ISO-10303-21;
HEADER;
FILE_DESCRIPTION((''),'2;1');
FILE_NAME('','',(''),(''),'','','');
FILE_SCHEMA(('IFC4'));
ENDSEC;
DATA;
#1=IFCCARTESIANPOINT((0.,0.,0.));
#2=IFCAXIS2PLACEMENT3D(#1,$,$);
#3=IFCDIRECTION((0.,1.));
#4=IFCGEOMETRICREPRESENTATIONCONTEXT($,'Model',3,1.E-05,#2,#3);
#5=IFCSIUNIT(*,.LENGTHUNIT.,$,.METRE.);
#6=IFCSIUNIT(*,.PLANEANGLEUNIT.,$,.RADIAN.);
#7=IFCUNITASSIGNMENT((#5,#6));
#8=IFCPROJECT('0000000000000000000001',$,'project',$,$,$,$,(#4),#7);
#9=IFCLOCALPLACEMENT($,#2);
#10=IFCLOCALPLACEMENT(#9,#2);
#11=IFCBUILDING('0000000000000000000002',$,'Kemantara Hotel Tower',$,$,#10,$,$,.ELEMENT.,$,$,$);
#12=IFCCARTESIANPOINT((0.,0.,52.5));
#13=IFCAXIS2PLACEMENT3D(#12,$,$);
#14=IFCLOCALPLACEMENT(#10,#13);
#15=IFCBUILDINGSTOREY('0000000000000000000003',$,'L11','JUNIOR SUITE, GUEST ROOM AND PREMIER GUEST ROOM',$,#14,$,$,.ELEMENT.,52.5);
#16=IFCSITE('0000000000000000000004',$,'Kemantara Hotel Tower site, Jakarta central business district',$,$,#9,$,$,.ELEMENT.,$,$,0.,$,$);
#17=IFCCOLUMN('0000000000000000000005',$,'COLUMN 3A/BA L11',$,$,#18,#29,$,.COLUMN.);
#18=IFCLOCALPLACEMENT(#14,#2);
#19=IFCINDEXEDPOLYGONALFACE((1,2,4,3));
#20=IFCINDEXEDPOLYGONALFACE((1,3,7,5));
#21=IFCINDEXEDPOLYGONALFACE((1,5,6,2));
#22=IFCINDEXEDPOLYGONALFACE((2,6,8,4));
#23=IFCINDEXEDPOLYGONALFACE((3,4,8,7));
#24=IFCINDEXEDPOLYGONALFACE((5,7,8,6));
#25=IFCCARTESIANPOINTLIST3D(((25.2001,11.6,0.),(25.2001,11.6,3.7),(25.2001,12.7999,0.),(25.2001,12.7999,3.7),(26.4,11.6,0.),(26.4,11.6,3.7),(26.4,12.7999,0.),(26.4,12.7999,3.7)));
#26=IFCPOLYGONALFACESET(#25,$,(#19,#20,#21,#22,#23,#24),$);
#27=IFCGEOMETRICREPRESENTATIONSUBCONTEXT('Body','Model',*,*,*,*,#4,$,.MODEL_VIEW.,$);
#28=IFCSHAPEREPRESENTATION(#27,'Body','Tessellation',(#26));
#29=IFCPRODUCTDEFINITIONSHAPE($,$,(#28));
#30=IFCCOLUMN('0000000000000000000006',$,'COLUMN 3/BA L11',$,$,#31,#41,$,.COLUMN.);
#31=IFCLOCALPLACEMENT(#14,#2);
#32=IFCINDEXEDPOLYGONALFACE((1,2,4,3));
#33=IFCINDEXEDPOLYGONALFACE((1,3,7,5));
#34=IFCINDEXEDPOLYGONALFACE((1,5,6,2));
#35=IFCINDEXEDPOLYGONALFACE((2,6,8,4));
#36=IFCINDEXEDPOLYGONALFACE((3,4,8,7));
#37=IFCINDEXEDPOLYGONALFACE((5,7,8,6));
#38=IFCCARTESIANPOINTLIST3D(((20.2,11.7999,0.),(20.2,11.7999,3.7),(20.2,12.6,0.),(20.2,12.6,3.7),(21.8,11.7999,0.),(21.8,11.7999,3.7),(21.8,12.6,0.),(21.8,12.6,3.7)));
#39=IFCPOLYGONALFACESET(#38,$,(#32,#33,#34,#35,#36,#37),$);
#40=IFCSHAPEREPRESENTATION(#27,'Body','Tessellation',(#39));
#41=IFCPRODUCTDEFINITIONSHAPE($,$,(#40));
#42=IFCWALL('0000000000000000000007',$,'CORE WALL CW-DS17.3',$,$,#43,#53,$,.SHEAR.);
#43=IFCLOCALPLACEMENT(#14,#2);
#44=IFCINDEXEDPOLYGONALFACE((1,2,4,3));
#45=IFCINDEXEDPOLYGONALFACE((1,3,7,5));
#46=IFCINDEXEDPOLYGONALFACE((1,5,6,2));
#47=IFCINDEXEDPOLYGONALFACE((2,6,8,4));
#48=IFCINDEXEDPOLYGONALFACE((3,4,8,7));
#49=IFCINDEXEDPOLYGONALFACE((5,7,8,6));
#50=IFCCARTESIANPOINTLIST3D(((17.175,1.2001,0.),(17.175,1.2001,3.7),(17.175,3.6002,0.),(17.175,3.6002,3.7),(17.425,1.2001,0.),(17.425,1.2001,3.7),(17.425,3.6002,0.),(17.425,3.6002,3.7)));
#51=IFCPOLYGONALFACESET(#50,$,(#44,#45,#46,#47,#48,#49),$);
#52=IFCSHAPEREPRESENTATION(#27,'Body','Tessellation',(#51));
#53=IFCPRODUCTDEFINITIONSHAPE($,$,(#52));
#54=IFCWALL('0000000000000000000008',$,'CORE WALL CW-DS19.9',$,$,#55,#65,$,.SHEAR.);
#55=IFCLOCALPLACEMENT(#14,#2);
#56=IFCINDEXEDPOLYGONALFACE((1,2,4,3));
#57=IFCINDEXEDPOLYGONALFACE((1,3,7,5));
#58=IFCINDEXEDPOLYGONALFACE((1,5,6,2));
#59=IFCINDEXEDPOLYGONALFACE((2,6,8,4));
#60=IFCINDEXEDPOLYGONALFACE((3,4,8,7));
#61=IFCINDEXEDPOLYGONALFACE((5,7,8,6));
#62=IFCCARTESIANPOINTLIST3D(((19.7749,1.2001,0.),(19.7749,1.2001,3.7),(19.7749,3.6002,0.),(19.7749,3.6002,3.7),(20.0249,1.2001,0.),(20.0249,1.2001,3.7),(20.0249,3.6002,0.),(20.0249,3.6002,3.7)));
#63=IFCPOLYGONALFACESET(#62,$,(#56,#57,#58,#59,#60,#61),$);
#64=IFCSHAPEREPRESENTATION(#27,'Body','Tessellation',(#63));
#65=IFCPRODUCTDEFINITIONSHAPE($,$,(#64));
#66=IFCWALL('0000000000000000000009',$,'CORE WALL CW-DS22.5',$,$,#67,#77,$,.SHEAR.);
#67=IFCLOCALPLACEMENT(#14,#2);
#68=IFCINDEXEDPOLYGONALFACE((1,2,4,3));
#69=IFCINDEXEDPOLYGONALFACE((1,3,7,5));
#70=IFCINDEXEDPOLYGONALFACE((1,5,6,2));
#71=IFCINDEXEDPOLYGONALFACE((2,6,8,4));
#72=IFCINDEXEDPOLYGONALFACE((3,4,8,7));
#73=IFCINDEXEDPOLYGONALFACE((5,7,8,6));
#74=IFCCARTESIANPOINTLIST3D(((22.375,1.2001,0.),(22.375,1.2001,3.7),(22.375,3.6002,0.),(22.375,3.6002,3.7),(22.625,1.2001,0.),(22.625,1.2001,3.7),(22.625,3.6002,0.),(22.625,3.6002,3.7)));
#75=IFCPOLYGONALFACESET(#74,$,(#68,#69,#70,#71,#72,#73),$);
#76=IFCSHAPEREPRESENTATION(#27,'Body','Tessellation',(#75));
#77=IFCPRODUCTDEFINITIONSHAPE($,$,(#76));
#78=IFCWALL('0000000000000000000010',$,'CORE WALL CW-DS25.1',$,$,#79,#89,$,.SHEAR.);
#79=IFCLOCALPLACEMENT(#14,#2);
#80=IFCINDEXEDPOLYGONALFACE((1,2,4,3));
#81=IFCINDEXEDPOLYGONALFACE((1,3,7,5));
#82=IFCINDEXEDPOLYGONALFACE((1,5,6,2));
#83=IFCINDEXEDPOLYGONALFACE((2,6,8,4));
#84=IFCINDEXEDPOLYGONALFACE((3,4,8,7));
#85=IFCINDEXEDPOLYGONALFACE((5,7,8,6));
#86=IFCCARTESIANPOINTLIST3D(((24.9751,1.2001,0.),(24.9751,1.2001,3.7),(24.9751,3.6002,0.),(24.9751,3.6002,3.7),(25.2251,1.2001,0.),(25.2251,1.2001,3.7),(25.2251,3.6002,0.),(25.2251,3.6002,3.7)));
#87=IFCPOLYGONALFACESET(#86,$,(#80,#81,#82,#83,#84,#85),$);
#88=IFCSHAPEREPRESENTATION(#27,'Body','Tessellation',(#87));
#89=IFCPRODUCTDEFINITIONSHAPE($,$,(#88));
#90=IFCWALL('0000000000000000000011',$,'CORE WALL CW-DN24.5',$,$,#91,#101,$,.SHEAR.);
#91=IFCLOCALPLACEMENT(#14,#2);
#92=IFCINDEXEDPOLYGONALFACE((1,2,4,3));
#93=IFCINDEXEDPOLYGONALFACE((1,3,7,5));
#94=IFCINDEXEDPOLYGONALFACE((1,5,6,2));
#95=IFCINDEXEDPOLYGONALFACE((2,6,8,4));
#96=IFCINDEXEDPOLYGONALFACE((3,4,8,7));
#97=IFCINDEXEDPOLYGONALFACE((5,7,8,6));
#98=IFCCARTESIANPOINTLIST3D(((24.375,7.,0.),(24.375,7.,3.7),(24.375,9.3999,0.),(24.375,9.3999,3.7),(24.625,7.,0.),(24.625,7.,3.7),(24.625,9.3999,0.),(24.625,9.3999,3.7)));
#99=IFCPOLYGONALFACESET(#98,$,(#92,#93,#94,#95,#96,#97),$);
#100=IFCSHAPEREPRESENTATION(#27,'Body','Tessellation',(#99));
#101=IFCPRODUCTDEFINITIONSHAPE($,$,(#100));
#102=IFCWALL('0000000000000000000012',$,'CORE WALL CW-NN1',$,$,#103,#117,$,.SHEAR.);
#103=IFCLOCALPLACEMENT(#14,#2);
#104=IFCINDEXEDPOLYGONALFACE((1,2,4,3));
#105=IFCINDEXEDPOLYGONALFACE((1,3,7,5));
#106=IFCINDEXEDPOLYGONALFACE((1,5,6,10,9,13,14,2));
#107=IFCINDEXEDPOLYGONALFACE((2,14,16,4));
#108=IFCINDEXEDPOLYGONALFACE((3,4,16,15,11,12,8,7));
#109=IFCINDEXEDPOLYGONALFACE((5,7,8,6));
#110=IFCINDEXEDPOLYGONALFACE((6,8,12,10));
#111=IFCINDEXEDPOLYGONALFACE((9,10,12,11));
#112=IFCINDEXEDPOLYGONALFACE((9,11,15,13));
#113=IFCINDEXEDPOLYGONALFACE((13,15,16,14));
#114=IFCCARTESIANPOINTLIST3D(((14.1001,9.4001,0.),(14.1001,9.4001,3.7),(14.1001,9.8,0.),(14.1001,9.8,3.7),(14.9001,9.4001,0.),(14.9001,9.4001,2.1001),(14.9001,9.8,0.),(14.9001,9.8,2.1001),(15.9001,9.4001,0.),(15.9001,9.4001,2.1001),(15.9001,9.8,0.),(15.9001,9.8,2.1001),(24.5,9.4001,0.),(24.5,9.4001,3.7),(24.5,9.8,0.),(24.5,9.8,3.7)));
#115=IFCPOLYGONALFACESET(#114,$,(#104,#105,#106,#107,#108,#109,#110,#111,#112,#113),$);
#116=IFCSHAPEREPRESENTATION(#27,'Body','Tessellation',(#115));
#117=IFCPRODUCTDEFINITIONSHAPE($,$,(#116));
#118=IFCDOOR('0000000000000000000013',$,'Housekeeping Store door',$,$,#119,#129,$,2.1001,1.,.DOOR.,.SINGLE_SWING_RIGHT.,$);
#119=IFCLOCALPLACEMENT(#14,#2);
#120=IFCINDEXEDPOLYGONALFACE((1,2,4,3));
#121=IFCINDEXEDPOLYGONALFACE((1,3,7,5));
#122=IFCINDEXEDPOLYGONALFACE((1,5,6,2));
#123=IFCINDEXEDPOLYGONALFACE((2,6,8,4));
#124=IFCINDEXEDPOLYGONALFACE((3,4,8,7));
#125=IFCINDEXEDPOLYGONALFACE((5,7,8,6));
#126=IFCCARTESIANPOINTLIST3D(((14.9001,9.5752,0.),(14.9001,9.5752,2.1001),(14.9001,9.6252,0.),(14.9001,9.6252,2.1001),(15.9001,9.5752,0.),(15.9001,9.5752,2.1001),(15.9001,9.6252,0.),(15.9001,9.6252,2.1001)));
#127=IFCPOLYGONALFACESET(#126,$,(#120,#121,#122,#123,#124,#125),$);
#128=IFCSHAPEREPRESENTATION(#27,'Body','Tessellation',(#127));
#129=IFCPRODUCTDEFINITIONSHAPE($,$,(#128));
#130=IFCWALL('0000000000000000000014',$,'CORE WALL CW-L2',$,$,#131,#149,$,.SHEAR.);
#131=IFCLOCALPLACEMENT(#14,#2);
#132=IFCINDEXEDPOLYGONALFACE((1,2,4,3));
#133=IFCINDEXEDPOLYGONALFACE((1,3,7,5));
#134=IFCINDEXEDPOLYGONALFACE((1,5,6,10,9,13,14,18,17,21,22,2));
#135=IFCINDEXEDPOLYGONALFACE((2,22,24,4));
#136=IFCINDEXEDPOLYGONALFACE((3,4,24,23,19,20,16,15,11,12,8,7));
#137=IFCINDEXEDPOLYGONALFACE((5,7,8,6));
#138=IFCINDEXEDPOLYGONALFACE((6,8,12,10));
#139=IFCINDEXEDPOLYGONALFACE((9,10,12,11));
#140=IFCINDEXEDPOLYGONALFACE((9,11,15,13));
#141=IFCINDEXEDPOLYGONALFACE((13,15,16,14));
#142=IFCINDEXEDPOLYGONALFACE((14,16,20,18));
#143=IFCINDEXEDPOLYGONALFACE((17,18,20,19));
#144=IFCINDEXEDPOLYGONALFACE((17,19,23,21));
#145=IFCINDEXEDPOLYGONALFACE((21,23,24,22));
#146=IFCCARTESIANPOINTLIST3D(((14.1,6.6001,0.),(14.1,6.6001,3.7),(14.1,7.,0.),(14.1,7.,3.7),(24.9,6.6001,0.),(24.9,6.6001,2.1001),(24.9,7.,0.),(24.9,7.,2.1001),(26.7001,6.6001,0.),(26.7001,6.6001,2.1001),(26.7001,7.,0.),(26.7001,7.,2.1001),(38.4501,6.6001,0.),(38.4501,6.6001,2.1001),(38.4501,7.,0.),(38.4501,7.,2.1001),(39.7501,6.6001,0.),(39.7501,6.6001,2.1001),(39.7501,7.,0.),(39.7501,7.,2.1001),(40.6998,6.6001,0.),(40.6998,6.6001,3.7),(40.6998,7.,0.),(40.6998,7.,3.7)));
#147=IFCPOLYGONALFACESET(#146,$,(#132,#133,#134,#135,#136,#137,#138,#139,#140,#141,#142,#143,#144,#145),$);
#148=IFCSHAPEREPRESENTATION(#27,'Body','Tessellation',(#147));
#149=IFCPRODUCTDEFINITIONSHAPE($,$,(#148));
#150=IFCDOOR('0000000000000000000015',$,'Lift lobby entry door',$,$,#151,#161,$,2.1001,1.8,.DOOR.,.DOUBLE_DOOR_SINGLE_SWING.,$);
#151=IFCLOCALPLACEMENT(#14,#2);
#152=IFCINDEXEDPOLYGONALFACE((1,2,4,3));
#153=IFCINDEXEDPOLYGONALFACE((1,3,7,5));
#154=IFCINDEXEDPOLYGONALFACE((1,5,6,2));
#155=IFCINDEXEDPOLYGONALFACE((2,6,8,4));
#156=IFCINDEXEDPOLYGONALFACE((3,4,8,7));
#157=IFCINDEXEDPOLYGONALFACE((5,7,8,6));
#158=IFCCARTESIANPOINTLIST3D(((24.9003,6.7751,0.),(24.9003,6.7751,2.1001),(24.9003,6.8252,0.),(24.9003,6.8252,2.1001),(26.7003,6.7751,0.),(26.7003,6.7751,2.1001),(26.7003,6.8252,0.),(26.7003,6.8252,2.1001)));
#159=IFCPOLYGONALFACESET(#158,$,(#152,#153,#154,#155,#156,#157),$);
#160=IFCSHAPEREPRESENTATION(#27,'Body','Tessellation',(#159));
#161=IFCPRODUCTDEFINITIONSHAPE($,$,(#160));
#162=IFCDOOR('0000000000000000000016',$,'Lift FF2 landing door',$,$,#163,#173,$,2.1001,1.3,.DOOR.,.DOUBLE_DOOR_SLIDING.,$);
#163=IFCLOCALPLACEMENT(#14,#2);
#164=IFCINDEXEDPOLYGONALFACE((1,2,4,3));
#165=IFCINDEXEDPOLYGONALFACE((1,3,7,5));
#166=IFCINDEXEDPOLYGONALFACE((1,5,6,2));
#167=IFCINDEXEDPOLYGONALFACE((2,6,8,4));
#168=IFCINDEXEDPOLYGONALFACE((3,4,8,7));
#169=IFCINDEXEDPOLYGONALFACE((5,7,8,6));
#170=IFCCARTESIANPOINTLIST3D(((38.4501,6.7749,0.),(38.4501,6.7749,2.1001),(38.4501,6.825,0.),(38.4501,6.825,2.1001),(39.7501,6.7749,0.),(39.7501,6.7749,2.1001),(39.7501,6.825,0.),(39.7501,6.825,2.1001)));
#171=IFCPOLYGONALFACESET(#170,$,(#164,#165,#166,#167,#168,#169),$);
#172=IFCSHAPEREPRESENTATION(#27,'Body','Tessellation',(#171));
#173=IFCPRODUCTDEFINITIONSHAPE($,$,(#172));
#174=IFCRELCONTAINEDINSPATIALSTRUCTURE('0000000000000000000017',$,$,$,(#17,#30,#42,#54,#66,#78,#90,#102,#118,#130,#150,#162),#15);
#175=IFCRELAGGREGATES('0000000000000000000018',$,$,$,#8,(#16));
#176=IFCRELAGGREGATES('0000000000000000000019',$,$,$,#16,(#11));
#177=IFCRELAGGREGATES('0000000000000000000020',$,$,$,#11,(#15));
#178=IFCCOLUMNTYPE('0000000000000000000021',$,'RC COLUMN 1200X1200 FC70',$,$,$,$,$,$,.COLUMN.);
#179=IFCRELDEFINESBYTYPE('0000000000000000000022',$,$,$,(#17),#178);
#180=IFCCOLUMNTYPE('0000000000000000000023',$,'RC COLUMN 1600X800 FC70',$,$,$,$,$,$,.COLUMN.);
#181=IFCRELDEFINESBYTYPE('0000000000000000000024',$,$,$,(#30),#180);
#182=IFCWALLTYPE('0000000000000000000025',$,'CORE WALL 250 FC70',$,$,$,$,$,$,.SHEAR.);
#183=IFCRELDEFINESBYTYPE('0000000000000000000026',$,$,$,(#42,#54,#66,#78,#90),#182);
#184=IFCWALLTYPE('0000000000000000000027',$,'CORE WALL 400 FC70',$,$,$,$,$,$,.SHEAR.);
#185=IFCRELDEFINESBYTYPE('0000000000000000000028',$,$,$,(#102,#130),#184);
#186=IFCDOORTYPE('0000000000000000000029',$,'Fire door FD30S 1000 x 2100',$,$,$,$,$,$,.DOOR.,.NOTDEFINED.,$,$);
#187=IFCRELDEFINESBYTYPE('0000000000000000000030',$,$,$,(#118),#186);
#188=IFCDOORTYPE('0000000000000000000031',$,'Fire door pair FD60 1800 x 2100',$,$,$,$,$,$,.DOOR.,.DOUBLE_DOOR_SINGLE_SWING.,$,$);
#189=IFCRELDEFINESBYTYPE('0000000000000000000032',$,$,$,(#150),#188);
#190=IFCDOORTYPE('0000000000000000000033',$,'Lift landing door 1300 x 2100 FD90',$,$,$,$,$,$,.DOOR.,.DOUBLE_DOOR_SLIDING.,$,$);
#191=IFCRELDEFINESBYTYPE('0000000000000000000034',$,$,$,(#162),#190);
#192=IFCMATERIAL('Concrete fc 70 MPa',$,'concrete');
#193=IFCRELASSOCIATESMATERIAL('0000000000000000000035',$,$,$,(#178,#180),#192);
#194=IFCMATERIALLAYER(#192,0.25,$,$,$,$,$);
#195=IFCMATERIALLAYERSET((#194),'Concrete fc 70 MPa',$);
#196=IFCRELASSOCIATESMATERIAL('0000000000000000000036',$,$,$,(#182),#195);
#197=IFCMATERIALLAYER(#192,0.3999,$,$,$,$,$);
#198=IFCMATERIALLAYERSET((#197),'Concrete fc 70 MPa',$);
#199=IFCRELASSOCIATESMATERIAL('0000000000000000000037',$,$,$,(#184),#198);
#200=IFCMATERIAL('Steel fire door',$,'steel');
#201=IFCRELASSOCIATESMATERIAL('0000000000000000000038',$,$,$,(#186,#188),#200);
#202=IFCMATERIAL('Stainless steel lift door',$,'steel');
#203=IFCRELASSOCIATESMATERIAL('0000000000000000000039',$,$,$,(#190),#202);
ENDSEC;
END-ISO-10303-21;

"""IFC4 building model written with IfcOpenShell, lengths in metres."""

from ifc_helpers import new_model, si_unit, direction, frame, frame_2d, origin, origin_2d, place, context, subcontext, project, spatial, rectangle, extrude, material, layer, layer_set, material_profile, profile_set, type_object, element, fill, save


model = new_model("IFC4")

# Units and contexts
model_context = context("Model", 3, precision=1e-05, world=origin(), true_north=direction((0.0, 1.0)))
body_context = subcontext(model_context, "Body", "Model", "MODEL_VIEW")
ifc_project = project(units=[si_unit("LENGTHUNIT", "METRE"), si_unit("PLANEANGLEUNIT", "RADIAN")], contexts=[model_context])

# Site, building, storey
site_placement = place(None, origin())
site = spatial("IfcSite", under=ifc_project, at=site_placement, Name="Kemantara Hotel Tower site, Jakarta central business district", CompositionType="ELEMENT", RefElevation=0.0)
building_placement = place(site_placement, origin())
building = spatial("IfcBuilding", under=site, at=building_placement, Name="Kemantara Hotel Tower", CompositionType="ELEMENT")
storey_placement = place(building_placement, frame((0.0, 0.0, 52.5)))
storey = spatial("IfcBuildingStorey", under=building, at=storey_placement, Name="L11", Description="JUNIOR SUITE, GUEST ROOM AND PREMIER GUEST ROOM", CompositionType="ELEMENT", Elevation=52.5)

# Columns
ifc_material_1 = material(Name="Concrete fc 70 MPa", Category="concrete")
ifc_material_profile_1 = material_profile(ifc_material_1, rectangle(XDim=1.2, YDim=1.2, at=origin_2d()), Name="RC 1200X1200")
ifc_profile_set_1 = profile_set([ifc_material_profile_1], Name="Concrete fc 70 MPa")
column_type_1 = type_object("IfcColumnType", Name="RC COLUMN 1200X1200 FC70", PredefinedType="COLUMN", material=ifc_profile_set_1)
column_1_placement = place(storey_placement, frame((25.8, 12.2, 0.0), z_axis=(0.0, 0.0, 1.0), x_axis=(1.0, 0.0, 0.0)))
element("IfcColumn", 1, at=column_1_placement, inside=storey, type_object=column_type_1, Name="COLUMN 3A/BA L11", PredefinedType="COLUMN", context=body_context, shape_type="SweptSolid", body=[
    extrude(rectangle(XDim=1.2, YDim=1.2, at=origin_2d()), origin(), (0.0, 0.0, 1.0), 3.7),
])
ifc_material_profile_2 = material_profile(ifc_material_1, rectangle(XDim=1.6001, YDim=0.8, at=origin_2d()), Name="RC 1600X800")
ifc_profile_set_2 = profile_set([ifc_material_profile_2], Name="Concrete fc 70 MPa")
column_type_2 = type_object("IfcColumnType", Name="RC COLUMN 1600X800 FC70", PredefinedType="COLUMN", material=ifc_profile_set_2)
column_2_placement = place(storey_placement, frame((21.0, 12.2, 0.0), z_axis=(0.0, 0.0, 1.0), x_axis=(1.0, 0.0, 0.0)))
element("IfcColumn", 2, at=column_2_placement, inside=storey, type_object=column_type_2, Name="COLUMN 3/BA L11", PredefinedType="COLUMN", context=body_context, shape_type="SweptSolid", body=[
    extrude(rectangle(XDim=1.6001, YDim=0.8, at=origin_2d()), origin(), (0.0, 0.0, 1.0), 3.7),
])

# Walls
ifc_layer_1 = layer(ifc_material_1, 0.25)
ifc_layer_set_1 = layer_set([ifc_layer_1], Name="Concrete fc 70 MPa")
wall_type_1 = type_object("IfcWallType", Name="CORE WALL 250 FC70", PredefinedType="SHEAR", material=ifc_layer_set_1)
for number, where, z_axis, x_axis, name in (
    (3, (17.3, 1.2, 0.0), (0.0, 0.0, 1.0), (0.0, 1.0, 0.0), "CORE WALL CW-DS17.3"),
    (4, (19.8999, 1.2, 0.0), (0.0, 0.0, 1.0), (0.0, 1.0, 0.0), "CORE WALL CW-DS19.9"),
    (5, (22.5, 1.2, 0.0), (0.0, 0.0, 1.0), (0.0, 1.0, 0.0), "CORE WALL CW-DS22.5"),
    (6, (25.1001, 1.2, 0.0), (0.0, 0.0, 1.0), (0.0, 1.0, 0.0), "CORE WALL CW-DS25.1"),
):
    element("IfcWall", number, at=place(storey_placement, frame(where, z_axis=z_axis, x_axis=x_axis)), inside=storey, type_object=wall_type_1, Name=name, PredefinedType="SHEAR", context=body_context, shape_type="SweptSolid", body=[
        extrude(rectangle(XDim=2.4001, YDim=0.25, at=frame_2d((1.2002, 0.0))), origin(), (0.0, 0.0, 1.0), 3.7),
    ])
wall_1_placement = place(storey_placement, frame((24.5, 7.0, 0.0), z_axis=(0.0, 0.0, 1.0), x_axis=(0.0, 1.0, 0.0)))
element("IfcWall", 7, at=wall_1_placement, inside=storey, type_object=wall_type_1, Name="CORE WALL CW-DN24.5", PredefinedType="SHEAR", context=body_context, shape_type="SweptSolid", body=[
    extrude(rectangle(XDim=2.3999, YDim=0.25, at=frame_2d((1.2, 0.0))), origin(), (0.0, 0.0, 1.0), 3.7),
])

# Wall, opening, door
ifc_layer_2 = layer(ifc_material_1, 0.3999)
ifc_layer_set_2 = layer_set([ifc_layer_2], Name="Concrete fc 70 MPa")
wall_type_2 = type_object("IfcWallType", Name="CORE WALL 400 FC70", PredefinedType="SHEAR", material=ifc_layer_set_2)
wall_2_placement = place(storey_placement, frame((14.1001, 9.6001, 0.0), z_axis=(0.0, 0.0, 1.0), x_axis=(1.0, 0.0, 0.0)))
wall_2 = element("IfcWall", 8, at=wall_2_placement, inside=storey, type_object=wall_type_2, Name="CORE WALL CW-NN1", PredefinedType="SHEAR", context=body_context, shape_type="SweptSolid", body=[
    extrude(rectangle(XDim=10.3999, YDim=0.3999, at=frame_2d((5.2, 0.0))), origin(), (0.0, 0.0, 1.0), 3.7),
])
opening_1_placement = place(wall_2_placement, frame((0.8, 0.0, 0.0)))
opening_1 = element("IfcOpeningElement", 9, at=opening_1_placement, cuts=wall_2, PredefinedType="OPENING", context=body_context, shape_type="SweptSolid", body=[
    extrude(rectangle(XDim=1.0, YDim=2.1001, at=frame_2d((0.5, 1.05))), frame((0.0, 0.21, 0.0), z_axis=(0.0, -1.0, 0.0), x_axis=(1.0, 0.0, 0.0)), (0.0, 0.0, 1.0), 0.4199),
])
ifc_material_2 = material(Name="Steel fire door", Category="steel")
door_type_1 = type_object("IfcDoorType", Name="Fire door FD30S 1000 x 2100", OperationType="NOTDEFINED", PredefinedType="DOOR", material=ifc_material_2)
door_1_placement = place(opening_1_placement, frame((1.0, 0.0, 0.0), z_axis=(0.0, 0.0, 1.0), x_axis=(-1.0, 0.0, 0.0)))
door_1 = element("IfcDoor", 10, at=door_1_placement, inside=storey, type_object=door_type_1, Name="Housekeeping Store door", OperationType="SINGLE_SWING_RIGHT", OverallHeight=2.1001, OverallWidth=1.0, PredefinedType="DOOR", context=body_context, shape_type="SweptSolid", body=[
    extrude(rectangle(XDim=1.0, YDim=2.1001, at=frame_2d((0.5, 1.05))), frame((0.0, 0.0249, 0.0), z_axis=(0.0, -1.0, 0.0), x_axis=(1.0, 0.0, 0.0)), (0.0, 0.0, 1.0), 0.05),
])
fill(opening_1, door_1)

# Wall, openings, doors
wall_3_placement = place(storey_placement, frame((14.1001, 6.8, 0.0), z_axis=(0.0, 0.0, 1.0), x_axis=(1.0, 0.0, 0.0)))
wall_3 = element("IfcWall", 11, at=wall_3_placement, inside=storey, type_object=wall_type_2, Name="CORE WALL CW-L2", PredefinedType="SHEAR", context=body_context, shape_type="SweptSolid", body=[
    extrude(rectangle(XDim=26.5999, YDim=0.3999, at=frame_2d((13.2998, 0.0))), origin(), (0.0, 0.0, 1.0), 3.7),
])
opening_2_placement = place(wall_3_placement, frame((10.8, 0.0, 0.0)))
opening_2 = element("IfcOpeningElement", 12, at=opening_2_placement, cuts=wall_3, PredefinedType="OPENING", context=body_context, shape_type="SweptSolid", body=[
    extrude(rectangle(XDim=1.8, YDim=2.1001, at=frame_2d((0.8999, 1.05))), frame((0.0, 0.21, 0.0), z_axis=(0.0, -1.0, 0.0), x_axis=(1.0, 0.0, 0.0)), (0.0, 0.0, 1.0), 0.4199),
])
opening_3_placement = place(wall_3_placement, frame((24.3501, 0.0, 0.0)))
opening_3 = element("IfcOpeningElement", 13, at=opening_3_placement, cuts=wall_3, PredefinedType="OPENING", context=body_context, shape_type="SweptSolid", body=[
    extrude(rectangle(XDim=1.3, YDim=2.1001, at=frame_2d((0.6499, 1.05))), frame((0.0, 0.21, 0.0), z_axis=(0.0, -1.0, 0.0), x_axis=(1.0, 0.0, 0.0)), (0.0, 0.0, 1.0), 0.4199),
])
door_type_2 = type_object("IfcDoorType", Name="Fire door pair FD60 1800 x 2100", OperationType="DOUBLE_DOOR_SINGLE_SWING", PredefinedType="DOOR", material=ifc_material_2)
door_2_placement = place(opening_2_placement, frame((1.8, 0.0, 0.0), z_axis=(0.0, 0.0, 1.0), x_axis=(-1.0, 0.0, 0.0)))
door_2 = element("IfcDoor", 14, at=door_2_placement, inside=storey, type_object=door_type_2, Name="Lift lobby entry door", OperationType="DOUBLE_DOOR_SINGLE_SWING", OverallHeight=2.1001, OverallWidth=1.8, PredefinedType="DOOR", context=body_context, shape_type="SweptSolid", body=[
    extrude(rectangle(XDim=1.8, YDim=2.1001, at=frame_2d((0.8999, 1.05))), frame((0.0, 0.0249, 0.0), z_axis=(0.0, -1.0, 0.0), x_axis=(1.0, 0.0, 0.0)), (0.0, 0.0, 1.0), 0.05),
])
fill(opening_2, door_2)
ifc_material_3 = material(Name="Stainless steel lift door", Category="steel")
door_type_3 = type_object("IfcDoorType", Name="Lift landing door 1300 x 2100 FD90", OperationType="DOUBLE_DOOR_SLIDING", PredefinedType="DOOR", material=ifc_material_3)
door_3_placement = place(opening_3_placement, origin())
door_3 = element("IfcDoor", 15, at=door_3_placement, inside=storey, type_object=door_type_3, Name="Lift FF2 landing door", OperationType="DOUBLE_DOOR_SLIDING", OverallHeight=2.1001, OverallWidth=1.3, PredefinedType="DOOR", context=body_context, shape_type="SweptSolid", body=[
    extrude(rectangle(XDim=1.3, YDim=2.1001, at=frame_2d((0.6499, 1.05))), frame((0.0, 0.0249, 0.0), z_axis=(0.0, -1.0, 0.0), x_axis=(1.0, 0.0, 0.0)), (0.0, 0.0, 1.0), 0.05),
])
fill(opening_3, door_3)

save(model, "model.ifc")
